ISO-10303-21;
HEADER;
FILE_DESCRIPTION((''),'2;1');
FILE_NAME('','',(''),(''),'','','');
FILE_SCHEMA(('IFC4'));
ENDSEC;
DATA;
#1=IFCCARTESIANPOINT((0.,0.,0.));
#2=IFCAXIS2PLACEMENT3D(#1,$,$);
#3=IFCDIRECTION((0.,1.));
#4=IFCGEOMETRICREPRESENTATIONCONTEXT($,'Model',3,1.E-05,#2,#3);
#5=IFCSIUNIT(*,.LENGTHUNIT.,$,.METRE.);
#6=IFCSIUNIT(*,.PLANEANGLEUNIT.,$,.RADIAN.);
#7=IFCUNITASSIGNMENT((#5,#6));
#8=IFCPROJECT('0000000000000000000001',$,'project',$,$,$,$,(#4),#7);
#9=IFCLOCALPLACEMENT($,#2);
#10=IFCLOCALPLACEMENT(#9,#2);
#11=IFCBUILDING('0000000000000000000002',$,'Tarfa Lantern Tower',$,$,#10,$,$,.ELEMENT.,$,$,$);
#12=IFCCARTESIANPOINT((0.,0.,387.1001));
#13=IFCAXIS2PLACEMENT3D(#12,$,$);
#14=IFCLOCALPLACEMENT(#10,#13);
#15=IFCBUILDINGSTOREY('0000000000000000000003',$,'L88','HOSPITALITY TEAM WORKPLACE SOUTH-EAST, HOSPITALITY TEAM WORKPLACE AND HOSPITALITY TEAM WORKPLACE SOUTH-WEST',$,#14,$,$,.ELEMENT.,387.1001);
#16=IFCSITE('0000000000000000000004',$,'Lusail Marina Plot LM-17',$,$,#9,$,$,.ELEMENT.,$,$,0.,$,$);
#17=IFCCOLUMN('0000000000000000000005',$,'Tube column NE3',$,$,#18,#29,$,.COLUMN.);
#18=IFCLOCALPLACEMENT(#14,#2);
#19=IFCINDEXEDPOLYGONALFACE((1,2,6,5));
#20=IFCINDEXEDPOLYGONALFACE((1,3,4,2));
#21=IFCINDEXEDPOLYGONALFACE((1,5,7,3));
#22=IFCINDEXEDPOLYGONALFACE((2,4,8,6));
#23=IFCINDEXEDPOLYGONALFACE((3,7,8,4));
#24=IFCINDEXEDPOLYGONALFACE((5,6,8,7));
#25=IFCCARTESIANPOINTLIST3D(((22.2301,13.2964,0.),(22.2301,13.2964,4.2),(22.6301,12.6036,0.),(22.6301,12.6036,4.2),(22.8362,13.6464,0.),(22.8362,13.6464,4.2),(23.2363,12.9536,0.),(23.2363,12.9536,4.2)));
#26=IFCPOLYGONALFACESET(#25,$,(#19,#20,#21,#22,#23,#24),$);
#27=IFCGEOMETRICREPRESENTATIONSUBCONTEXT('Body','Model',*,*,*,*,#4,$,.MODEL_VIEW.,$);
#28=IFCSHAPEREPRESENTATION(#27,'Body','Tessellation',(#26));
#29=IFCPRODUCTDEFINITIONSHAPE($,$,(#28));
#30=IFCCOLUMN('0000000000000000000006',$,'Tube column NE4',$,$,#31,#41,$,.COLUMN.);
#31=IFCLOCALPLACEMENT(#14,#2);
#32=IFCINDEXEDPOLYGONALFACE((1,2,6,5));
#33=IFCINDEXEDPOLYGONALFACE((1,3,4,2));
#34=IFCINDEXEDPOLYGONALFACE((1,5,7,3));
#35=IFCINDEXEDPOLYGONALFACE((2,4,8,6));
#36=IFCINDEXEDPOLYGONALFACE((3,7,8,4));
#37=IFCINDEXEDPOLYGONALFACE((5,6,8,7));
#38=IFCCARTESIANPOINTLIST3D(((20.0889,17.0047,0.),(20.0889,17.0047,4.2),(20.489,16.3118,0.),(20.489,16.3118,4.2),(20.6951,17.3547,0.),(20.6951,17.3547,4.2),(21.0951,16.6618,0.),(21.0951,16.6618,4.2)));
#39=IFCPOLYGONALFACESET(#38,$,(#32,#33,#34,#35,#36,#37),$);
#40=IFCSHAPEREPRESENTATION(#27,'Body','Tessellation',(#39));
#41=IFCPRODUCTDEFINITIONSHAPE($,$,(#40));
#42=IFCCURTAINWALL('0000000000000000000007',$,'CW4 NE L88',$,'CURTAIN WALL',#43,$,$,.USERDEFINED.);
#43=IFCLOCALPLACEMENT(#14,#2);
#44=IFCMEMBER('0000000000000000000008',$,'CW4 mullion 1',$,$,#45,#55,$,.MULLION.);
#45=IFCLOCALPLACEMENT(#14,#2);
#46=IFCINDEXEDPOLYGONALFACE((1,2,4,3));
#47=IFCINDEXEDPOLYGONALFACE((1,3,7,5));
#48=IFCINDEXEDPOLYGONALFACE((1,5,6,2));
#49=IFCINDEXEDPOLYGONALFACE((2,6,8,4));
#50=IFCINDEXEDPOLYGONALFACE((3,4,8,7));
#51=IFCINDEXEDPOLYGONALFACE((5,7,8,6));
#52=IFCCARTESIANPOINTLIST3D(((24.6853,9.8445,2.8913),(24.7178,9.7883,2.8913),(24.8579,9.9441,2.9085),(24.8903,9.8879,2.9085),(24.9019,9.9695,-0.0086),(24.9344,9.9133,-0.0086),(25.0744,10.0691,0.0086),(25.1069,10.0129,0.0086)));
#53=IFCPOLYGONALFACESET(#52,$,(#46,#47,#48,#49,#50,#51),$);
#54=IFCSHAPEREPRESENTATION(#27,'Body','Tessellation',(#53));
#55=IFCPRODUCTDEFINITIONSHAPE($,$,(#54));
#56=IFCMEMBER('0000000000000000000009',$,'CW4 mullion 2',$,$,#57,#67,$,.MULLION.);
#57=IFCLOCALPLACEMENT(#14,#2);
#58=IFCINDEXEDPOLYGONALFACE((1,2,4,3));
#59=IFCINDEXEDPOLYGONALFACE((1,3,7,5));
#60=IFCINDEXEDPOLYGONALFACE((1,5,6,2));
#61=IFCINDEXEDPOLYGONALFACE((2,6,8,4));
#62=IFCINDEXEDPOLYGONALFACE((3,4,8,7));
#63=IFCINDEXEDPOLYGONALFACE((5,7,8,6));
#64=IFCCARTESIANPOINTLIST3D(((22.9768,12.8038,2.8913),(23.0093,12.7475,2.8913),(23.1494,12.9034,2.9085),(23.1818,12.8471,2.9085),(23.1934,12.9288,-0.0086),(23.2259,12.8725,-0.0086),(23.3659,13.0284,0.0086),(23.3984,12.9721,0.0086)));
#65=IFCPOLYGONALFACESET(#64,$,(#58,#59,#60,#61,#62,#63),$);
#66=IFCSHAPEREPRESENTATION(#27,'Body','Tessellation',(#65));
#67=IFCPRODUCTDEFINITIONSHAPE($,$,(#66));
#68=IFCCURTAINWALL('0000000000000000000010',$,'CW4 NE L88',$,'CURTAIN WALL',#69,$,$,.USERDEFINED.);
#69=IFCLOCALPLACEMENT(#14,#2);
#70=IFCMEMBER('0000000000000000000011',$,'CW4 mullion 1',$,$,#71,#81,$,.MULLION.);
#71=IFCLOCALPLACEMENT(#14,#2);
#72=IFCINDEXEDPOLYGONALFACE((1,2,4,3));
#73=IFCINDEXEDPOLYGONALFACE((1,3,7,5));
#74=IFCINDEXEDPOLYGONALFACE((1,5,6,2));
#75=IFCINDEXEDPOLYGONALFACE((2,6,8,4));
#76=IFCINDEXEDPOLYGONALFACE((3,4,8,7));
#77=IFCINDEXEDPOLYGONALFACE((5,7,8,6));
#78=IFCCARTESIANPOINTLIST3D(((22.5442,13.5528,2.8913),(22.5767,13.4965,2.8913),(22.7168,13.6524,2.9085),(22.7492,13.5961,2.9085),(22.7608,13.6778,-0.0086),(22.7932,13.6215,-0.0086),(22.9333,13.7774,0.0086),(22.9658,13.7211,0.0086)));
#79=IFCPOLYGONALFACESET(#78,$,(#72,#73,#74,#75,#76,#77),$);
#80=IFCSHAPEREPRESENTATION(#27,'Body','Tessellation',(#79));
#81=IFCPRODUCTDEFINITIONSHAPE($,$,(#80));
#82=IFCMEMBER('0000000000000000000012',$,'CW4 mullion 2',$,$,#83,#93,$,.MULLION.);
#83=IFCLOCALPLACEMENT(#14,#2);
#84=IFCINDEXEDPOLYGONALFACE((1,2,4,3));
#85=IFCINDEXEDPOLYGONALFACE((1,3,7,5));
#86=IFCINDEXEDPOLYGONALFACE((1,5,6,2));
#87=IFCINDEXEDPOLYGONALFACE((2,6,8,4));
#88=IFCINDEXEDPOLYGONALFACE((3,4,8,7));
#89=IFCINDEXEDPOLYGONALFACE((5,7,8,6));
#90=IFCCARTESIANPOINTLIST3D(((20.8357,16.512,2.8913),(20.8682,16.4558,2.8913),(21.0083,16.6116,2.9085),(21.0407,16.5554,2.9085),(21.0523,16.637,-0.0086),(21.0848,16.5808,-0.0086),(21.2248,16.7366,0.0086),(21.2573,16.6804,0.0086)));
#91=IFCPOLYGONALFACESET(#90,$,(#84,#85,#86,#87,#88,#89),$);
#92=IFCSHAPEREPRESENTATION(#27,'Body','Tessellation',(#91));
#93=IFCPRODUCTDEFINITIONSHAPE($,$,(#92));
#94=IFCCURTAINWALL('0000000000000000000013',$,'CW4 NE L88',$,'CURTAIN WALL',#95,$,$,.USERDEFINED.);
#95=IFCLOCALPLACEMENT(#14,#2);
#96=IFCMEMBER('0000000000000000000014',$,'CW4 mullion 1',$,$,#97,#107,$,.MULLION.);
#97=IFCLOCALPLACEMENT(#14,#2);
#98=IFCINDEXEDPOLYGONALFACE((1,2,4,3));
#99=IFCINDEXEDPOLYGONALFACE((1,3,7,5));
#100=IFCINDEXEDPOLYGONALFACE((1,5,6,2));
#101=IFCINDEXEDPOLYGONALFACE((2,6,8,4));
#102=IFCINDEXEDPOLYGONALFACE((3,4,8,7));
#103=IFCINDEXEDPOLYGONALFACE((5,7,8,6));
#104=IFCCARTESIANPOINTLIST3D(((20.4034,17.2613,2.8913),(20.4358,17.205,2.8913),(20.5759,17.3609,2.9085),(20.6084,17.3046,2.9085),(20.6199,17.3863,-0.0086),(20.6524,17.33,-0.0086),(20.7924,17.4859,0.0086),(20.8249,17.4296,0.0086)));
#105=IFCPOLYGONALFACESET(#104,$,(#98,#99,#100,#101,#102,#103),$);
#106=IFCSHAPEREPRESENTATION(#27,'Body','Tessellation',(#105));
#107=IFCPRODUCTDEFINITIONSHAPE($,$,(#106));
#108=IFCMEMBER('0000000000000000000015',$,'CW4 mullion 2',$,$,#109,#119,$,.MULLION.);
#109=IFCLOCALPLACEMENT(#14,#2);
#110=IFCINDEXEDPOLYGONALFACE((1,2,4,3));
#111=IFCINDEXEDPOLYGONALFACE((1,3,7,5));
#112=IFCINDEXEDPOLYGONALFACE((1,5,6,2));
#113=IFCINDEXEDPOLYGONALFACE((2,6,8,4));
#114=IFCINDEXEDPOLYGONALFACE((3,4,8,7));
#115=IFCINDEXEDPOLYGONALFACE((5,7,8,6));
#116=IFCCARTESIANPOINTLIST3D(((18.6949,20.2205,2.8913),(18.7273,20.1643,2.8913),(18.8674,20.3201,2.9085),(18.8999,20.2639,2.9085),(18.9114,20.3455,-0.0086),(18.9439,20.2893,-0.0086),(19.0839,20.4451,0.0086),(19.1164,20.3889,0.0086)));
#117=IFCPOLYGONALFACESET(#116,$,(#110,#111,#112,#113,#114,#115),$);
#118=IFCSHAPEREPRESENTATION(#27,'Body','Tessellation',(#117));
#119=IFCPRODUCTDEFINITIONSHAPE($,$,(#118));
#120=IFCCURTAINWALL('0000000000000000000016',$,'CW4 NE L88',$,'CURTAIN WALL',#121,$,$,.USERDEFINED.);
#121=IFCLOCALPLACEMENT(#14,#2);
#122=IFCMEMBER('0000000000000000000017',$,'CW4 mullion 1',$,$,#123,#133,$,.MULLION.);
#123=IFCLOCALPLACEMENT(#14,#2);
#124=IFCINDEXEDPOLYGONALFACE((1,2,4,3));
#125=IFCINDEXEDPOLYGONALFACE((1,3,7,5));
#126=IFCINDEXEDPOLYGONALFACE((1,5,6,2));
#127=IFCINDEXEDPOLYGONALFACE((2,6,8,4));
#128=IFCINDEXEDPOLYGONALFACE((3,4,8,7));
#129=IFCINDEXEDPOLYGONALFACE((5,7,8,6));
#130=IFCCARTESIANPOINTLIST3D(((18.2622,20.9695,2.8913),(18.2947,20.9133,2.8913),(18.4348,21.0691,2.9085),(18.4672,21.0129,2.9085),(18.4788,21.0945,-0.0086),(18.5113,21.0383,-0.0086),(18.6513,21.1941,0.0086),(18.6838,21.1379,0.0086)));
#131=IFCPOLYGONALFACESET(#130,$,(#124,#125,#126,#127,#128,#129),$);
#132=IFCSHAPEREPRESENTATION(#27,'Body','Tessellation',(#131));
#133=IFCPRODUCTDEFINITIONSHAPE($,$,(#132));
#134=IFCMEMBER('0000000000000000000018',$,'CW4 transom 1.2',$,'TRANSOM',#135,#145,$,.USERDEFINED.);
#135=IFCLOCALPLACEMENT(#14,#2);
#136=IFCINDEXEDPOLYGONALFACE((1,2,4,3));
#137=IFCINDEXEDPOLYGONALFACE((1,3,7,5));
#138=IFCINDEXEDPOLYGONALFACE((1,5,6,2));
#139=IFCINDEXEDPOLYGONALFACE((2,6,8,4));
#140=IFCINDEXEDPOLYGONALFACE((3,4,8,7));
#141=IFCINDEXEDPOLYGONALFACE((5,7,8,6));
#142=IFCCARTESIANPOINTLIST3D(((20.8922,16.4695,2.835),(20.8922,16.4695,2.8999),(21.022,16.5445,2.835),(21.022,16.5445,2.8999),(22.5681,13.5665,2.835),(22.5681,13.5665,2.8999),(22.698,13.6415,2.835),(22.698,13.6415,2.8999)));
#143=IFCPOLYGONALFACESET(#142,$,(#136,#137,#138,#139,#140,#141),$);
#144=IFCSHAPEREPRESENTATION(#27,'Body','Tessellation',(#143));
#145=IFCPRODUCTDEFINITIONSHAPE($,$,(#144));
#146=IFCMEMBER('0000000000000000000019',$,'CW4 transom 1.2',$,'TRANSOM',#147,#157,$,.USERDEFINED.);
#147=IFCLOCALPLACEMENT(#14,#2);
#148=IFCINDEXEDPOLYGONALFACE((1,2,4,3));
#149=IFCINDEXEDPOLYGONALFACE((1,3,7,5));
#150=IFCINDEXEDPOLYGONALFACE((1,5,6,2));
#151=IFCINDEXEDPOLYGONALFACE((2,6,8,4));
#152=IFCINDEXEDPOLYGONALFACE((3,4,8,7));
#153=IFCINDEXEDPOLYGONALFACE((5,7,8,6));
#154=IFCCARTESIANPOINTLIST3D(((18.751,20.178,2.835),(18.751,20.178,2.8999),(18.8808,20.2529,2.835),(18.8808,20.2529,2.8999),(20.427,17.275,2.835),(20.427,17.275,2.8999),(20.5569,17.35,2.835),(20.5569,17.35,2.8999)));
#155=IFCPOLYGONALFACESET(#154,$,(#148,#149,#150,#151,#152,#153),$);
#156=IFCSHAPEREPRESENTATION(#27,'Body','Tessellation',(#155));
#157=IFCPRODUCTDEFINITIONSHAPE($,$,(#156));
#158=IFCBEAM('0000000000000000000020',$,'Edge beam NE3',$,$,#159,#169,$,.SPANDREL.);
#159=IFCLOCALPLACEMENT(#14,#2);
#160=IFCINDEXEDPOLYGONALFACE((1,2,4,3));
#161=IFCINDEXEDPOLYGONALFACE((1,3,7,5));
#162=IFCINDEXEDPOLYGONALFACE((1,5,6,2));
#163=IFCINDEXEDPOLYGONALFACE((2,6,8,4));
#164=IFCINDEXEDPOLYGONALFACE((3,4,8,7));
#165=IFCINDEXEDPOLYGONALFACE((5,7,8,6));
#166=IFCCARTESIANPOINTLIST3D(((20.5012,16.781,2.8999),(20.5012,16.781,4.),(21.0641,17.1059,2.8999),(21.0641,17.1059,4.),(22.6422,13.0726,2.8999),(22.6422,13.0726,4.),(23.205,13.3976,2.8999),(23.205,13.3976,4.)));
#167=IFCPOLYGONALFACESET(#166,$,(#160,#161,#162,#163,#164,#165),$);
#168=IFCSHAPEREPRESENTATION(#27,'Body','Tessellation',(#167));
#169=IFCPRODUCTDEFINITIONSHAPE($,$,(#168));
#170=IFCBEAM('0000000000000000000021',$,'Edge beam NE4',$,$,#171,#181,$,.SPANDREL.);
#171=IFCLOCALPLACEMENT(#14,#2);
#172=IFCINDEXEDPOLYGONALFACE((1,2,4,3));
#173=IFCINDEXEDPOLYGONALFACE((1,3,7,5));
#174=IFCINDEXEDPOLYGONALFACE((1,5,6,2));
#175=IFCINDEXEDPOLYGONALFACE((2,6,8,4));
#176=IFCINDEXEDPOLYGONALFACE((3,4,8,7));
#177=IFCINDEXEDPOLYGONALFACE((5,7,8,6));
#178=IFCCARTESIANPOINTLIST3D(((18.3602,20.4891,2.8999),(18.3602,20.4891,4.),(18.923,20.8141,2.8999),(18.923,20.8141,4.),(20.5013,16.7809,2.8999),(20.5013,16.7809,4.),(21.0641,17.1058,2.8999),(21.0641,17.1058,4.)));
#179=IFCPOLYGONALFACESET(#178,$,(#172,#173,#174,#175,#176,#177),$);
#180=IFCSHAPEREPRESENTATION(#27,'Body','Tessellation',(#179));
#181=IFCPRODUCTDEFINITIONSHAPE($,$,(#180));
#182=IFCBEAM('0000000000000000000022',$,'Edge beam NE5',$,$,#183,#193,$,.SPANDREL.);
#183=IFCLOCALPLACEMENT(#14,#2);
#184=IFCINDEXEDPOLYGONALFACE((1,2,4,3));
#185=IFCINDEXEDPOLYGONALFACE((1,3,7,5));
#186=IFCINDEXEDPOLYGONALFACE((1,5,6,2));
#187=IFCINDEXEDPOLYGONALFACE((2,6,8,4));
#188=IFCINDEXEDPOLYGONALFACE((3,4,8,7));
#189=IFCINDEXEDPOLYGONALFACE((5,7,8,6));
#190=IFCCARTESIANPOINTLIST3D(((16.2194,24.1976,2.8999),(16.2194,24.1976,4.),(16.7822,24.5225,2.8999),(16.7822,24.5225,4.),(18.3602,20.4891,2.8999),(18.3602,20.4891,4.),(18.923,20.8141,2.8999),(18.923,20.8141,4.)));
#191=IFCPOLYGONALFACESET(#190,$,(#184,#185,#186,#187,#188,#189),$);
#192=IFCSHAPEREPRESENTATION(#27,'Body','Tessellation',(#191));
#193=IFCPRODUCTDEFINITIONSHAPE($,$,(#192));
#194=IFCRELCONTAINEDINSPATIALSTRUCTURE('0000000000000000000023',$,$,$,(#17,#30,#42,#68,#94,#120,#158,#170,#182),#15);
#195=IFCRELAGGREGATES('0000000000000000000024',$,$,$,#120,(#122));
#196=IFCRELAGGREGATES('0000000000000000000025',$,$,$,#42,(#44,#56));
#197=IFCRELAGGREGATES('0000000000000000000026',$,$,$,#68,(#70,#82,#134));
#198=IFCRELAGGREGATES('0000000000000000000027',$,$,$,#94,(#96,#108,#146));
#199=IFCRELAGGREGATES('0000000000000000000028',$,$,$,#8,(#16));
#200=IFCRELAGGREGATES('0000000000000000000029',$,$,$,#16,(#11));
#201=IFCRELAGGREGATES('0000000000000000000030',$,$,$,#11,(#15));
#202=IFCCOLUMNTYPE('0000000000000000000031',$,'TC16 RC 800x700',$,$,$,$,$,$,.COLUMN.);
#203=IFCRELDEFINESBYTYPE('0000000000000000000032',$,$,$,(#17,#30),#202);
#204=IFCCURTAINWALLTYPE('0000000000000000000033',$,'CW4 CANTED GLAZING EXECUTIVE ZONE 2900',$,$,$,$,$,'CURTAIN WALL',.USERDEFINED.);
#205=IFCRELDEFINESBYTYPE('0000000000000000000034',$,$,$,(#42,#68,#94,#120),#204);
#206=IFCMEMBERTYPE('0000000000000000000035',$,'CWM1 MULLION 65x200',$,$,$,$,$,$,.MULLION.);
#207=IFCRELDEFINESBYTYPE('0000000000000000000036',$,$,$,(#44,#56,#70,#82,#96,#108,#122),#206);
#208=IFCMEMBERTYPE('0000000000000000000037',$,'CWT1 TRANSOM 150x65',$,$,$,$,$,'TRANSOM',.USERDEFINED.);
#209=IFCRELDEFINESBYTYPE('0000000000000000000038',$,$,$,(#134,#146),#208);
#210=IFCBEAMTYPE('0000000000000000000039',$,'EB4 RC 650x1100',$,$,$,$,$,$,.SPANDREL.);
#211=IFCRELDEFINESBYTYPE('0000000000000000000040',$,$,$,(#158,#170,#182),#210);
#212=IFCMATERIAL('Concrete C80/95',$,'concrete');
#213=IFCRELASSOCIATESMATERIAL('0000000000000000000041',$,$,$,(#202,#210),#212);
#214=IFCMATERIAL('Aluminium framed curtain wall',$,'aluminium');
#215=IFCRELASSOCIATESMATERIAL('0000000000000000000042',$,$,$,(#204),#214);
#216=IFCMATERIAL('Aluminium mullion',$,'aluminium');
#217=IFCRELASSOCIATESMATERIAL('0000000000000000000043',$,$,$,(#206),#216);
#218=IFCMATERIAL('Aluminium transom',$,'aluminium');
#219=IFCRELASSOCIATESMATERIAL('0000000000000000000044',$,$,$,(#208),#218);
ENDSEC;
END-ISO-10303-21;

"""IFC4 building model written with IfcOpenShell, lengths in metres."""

from ifc_helpers import new_model, si_unit, direction, frame, origin, origin_2d, place, context, subcontext, project, spatial, rectangle, extrude, material, material_profile, profile_set, type_object, element, aggregate, save


model = new_model("IFC4")

# Units and contexts
model_context = context("Model", 3, precision=1e-05, world=origin(), true_north=direction((0.0, 1.0)))
body_context = subcontext(model_context, "Body", "Model", "MODEL_VIEW")
ifc_project = project(units=[si_unit("LENGTHUNIT", "METRE"), si_unit("PLANEANGLEUNIT", "RADIAN")], contexts=[model_context])

# Site, building, storey
site_placement = place(None, origin())
site = spatial("IfcSite", under=ifc_project, at=site_placement, Name="Lusail Marina Plot LM-17", CompositionType="ELEMENT", RefElevation=0.0)
building_placement = place(site_placement, origin())
building = spatial("IfcBuilding", under=site, at=building_placement, Name="Tarfa Lantern Tower", CompositionType="ELEMENT")
storey_placement = place(building_placement, frame((0.0, 0.0, 387.1001)))
storey = spatial("IfcBuildingStorey", under=building, at=storey_placement, Name="L88", Description="HOSPITALITY TEAM WORKPLACE SOUTH-EAST, HOSPITALITY TEAM WORKPLACE AND HOSPITALITY TEAM WORKPLACE SOUTH-WEST", CompositionType="ELEMENT", Elevation=387.1001)

# Columns
ifc_material_1 = material(Name="Concrete C80/95", Category="concrete")
ifc_material_profile_1 = material_profile(ifc_material_1, rectangle(XDim=0.8, YDim=0.7, at=origin_2d()), Name="RC 800x700")
ifc_profile_set_1 = profile_set([ifc_material_profile_1], Name="Concrete C80/95")
column_type = type_object("IfcColumnType", Name="TC16 RC 800x700", PredefinedType="COLUMN", material=ifc_profile_set_1)
for number, where, z_axis, x_axis, name in (
    (1, (22.7332, 13.125, 0.0), (0.0, 0.0, 1.0), (-0.5, 0.866025, 0.0), "Tube column NE3"),
    (2, (20.592, 16.8333, 0.0), (0.0, 0.0, 1.0), (-0.5, 0.866025, 0.0), "Tube column NE4"),
):
    element("IfcColumn", number, at=place(storey_placement, frame(where, z_axis=z_axis, x_axis=x_axis)), inside=storey, type_object=column_type, Name=name, PredefinedType="COLUMN", context=body_context, shape_type="SweptSolid", body=[
        extrude(rectangle(XDim=0.8, YDim=0.7, at=origin_2d()), origin(), (0.0, 0.0, 1.0), 4.2),
    ])

# Curtain walls, members
ifc_material_2 = material(Name="Aluminium framed curtain wall", Category="aluminium")
curtain_wall_type = type_object("IfcCurtainWallType", Name="CW4 CANTED GLAZING EXECUTIVE ZONE 2900", ElementType="CURTAIN WALL", PredefinedType="USERDEFINED", material=ifc_material_2)
curtain_wall_1_placement = place(storey_placement, origin())
curtain_wall_1 = element("IfcCurtainWall", 3, at=curtain_wall_1_placement, inside=storey, type_object=curtain_wall_type, Name="CW4 NE L88", ObjectType="CURTAIN WALL", PredefinedType="USERDEFINED")
ifc_material_3 = material(Name="Aluminium mullion", Category="aluminium")
ifc_material_profile_2 = material_profile(ifc_material_3, rectangle(XDim=0.0649, YDim=0.2, at=origin_2d()), Name="AL MULLION 65x200")
ifc_profile_set_2 = profile_set([ifc_material_profile_2], Name="Aluminium mullion")
member_type_1 = type_object("IfcMemberType", Name="CWM1 MULLION 65x200", PredefinedType="MULLION", material=ifc_profile_set_2)
member_1_placement = place(storey_placement, frame((25.0044, 9.9912, 0.0), z_axis=(-0.0744, -0.042946, 0.996303), x_axis=(0.49992, -0.866072, 0.0)))
member_1 = element("IfcMember", 4, at=member_1_placement, type_object=member_type_1, Name="CW4 mullion 1", PredefinedType="MULLION", context=body_context, shape_type="SweptSolid", body=[
    extrude(rectangle(XDim=0.0649, YDim=0.2, at=origin_2d()), origin(), (0.0, 0.0, 1.0), 2.9106),
])
member_2_placement = place(storey_placement, frame((23.2959, 12.9504, 0.0), z_axis=(-0.0744, -0.042946, 0.996303), x_axis=(0.49992, -0.866072, 0.0)))
member_2 = element("IfcMember", 5, at=member_2_placement, type_object=member_type_1, Name="CW4 mullion 2", PredefinedType="MULLION", context=body_context, shape_type="SweptSolid", body=[
    extrude(rectangle(XDim=0.0649, YDim=0.2, at=origin_2d()), origin(), (0.0, 0.0, 1.0), 2.9106),
])
curtain_wall_2_placement = place(storey_placement, origin())
curtain_wall_2 = element("IfcCurtainWall", 6, at=curtain_wall_2_placement, inside=storey, type_object=curtain_wall_type, Name="CW4 NE L88", ObjectType="CURTAIN WALL", PredefinedType="USERDEFINED")
member_3_placement = place(storey_placement, frame((22.8633, 13.6995, 0.0), z_axis=(-0.0744, -0.042946, 0.996303), x_axis=(0.49992, -0.866072, 0.0)))
member_3 = element("IfcMember", 7, at=member_3_placement, type_object=member_type_1, Name="CW4 mullion 1", PredefinedType="MULLION", context=body_context, shape_type="SweptSolid", body=[
    extrude(rectangle(XDim=0.0649, YDim=0.2, at=origin_2d()), origin(), (0.0, 0.0, 1.0), 2.9106),
])
member_4_placement = place(storey_placement, frame((21.1548, 16.6587, 0.0), z_axis=(-0.0744, -0.042946, 0.996303), x_axis=(0.49992, -0.866072, 0.0)))
member_4 = element("IfcMember", 8, at=member_4_placement, type_object=member_type_1, Name="CW4 mullion 2", PredefinedType="MULLION", context=body_context, shape_type="SweptSolid", body=[
    extrude(rectangle(XDim=0.0649, YDim=0.2, at=origin_2d()), origin(), (0.0, 0.0, 1.0), 2.9106),
])
curtain_wall_3_placement = place(storey_placement, origin())
curtain_wall_3 = element("IfcCurtainWall", 9, at=curtain_wall_3_placement, inside=storey, type_object=curtain_wall_type, Name="CW4 NE L88", ObjectType="CURTAIN WALL", PredefinedType="USERDEFINED")
member_5_placement = place(storey_placement, frame((20.7224, 17.408, 0.0), z_axis=(-0.0744, -0.042946, 0.996303), x_axis=(0.49992, -0.866072, 0.0)))
member_5 = element("IfcMember", 10, at=member_5_placement, type_object=member_type_1, Name="CW4 mullion 1", PredefinedType="MULLION", context=body_context, shape_type="SweptSolid", body=[
    extrude(rectangle(XDim=0.0649, YDim=0.2, at=origin_2d()), origin(), (0.0, 0.0, 1.0), 2.9106),
])
member_6_placement = place(storey_placement, frame((19.0139, 20.3672, 0.0), z_axis=(-0.0744, -0.042946, 0.996303), x_axis=(0.49992, -0.866072, 0.0)))
member_6 = element("IfcMember", 11, at=member_6_placement, type_object=member_type_1, Name="CW4 mullion 2", PredefinedType="MULLION", context=body_context, shape_type="SweptSolid", body=[
    extrude(rectangle(XDim=0.0649, YDim=0.2, at=origin_2d()), origin(), (0.0, 0.0, 1.0), 2.9106),
])

# Curtain wall, member
curtain_wall_4_placement = place(storey_placement, origin())
curtain_wall_4 = element("IfcCurtainWall", 12, at=curtain_wall_4_placement, inside=storey, type_object=curtain_wall_type, Name="CW4 NE L88", ObjectType="CURTAIN WALL", PredefinedType="USERDEFINED")
member_7_placement = place(storey_placement, frame((18.5813, 21.1162, 0.0), z_axis=(-0.0744, -0.042946, 0.996303), x_axis=(0.49992, -0.866072, 0.0)))
member_7 = element("IfcMember", 13, at=member_7_placement, type_object=member_type_1, Name="CW4 mullion 1", PredefinedType="MULLION", context=body_context, shape_type="SweptSolid", body=[
    extrude(rectangle(XDim=0.0649, YDim=0.2, at=origin_2d()), origin(), (0.0, 0.0, 1.0), 2.9106),
])
aggregate(curtain_wall_4, [member_7])

# Members
ifc_material_4 = material(Name="Aluminium transom", Category="aluminium")
ifc_material_profile_3 = material_profile(ifc_material_4, rectangle(XDim=0.1499, YDim=0.0649, at=origin_2d()), Name="AL TRANSOM 150x65")
ifc_profile_set_3 = profile_set([ifc_material_profile_3], Name="Aluminium transom")
member_type_2 = type_object("IfcMemberType", Name="CWT1 TRANSOM 150x65", ElementType="TRANSOM", PredefinedType="USERDEFINED", material=ifc_profile_set_3)
member_8_placement = place(storey_placement, frame((22.6331, 13.604, 2.8674), z_axis=(-0.499985, 0.866034, 0.0), x_axis=(-0.866034, -0.499985, 0.0)))
member_8 = element("IfcMember", 14, at=member_8_placement, type_object=member_type_2, Name="CW4 transom 1.2", ObjectType="TRANSOM", PredefinedType="USERDEFINED", context=body_context, shape_type="SweptSolid", body=[
    extrude(rectangle(XDim=0.1499, YDim=0.0649, at=origin_2d()), origin(), (0.0, 0.0, 1.0), 3.3521),
])
member_9_placement = place(storey_placement, frame((20.4919, 17.3125, 2.8674), z_axis=(-0.500017, 0.866016, 0.0), x_axis=(-0.866016, -0.500017, 0.0)))
member_9 = element("IfcMember", 15, at=member_9_placement, type_object=member_type_2, Name="CW4 transom 1.2", ObjectType="TRANSOM", PredefinedType="USERDEFINED", context=body_context, shape_type="SweptSolid", body=[
    extrude(rectangle(XDim=0.1499, YDim=0.0649, at=origin_2d()), origin(), (0.0, 0.0, 1.0), 3.3521),
])

# Beams
ifc_material_profile_4 = material_profile(ifc_material_1, rectangle(XDim=0.6499, YDim=1.1001, at=origin_2d()), Name="RC 650x1100")
ifc_profile_set_4 = profile_set([ifc_material_profile_4], Name="Concrete C80/95")
beam_type_1 = type_object("IfcBeamType", Name="EB4 RC 650x1100", PredefinedType="SPANDREL", material=ifc_profile_set_4)
for number, where, z_axis, x_axis, name in (
    (16, (22.9236, 13.2351, 3.45), (-0.499984, 0.866035, 0.0), (-0.866035, -0.499984, 0.0), "Edge beam NE3"),
    (17, (20.7827, 16.9434, 3.45), (-0.500027, 0.86601, 0.0), (-0.86601, -0.500027, 0.0), "Edge beam NE4"),
    (18, (18.6416, 20.6516, 3.45), (-0.499959, 0.866049, 0.0), (-0.866049, -0.499959, 0.0), "Edge beam NE5"),
):
    element("IfcBeam", number, at=place(storey_placement, frame(where, z_axis=z_axis, x_axis=x_axis)), inside=storey, type_object=beam_type_1, Name=name, PredefinedType="SPANDREL", context=body_context, shape_type="SweptSolid", body=[
        extrude(rectangle(XDim=0.6499, YDim=1.1001, at=origin_2d()), origin(), (0.0, 0.0, 1.0), 4.282),
    ])

aggregate(curtain_wall_1, [member_1, member_2])
aggregate(curtain_wall_2, [member_3, member_4, member_8])
aggregate(curtain_wall_3, [member_5, member_6, member_9])

save(model, "model.ifc")
